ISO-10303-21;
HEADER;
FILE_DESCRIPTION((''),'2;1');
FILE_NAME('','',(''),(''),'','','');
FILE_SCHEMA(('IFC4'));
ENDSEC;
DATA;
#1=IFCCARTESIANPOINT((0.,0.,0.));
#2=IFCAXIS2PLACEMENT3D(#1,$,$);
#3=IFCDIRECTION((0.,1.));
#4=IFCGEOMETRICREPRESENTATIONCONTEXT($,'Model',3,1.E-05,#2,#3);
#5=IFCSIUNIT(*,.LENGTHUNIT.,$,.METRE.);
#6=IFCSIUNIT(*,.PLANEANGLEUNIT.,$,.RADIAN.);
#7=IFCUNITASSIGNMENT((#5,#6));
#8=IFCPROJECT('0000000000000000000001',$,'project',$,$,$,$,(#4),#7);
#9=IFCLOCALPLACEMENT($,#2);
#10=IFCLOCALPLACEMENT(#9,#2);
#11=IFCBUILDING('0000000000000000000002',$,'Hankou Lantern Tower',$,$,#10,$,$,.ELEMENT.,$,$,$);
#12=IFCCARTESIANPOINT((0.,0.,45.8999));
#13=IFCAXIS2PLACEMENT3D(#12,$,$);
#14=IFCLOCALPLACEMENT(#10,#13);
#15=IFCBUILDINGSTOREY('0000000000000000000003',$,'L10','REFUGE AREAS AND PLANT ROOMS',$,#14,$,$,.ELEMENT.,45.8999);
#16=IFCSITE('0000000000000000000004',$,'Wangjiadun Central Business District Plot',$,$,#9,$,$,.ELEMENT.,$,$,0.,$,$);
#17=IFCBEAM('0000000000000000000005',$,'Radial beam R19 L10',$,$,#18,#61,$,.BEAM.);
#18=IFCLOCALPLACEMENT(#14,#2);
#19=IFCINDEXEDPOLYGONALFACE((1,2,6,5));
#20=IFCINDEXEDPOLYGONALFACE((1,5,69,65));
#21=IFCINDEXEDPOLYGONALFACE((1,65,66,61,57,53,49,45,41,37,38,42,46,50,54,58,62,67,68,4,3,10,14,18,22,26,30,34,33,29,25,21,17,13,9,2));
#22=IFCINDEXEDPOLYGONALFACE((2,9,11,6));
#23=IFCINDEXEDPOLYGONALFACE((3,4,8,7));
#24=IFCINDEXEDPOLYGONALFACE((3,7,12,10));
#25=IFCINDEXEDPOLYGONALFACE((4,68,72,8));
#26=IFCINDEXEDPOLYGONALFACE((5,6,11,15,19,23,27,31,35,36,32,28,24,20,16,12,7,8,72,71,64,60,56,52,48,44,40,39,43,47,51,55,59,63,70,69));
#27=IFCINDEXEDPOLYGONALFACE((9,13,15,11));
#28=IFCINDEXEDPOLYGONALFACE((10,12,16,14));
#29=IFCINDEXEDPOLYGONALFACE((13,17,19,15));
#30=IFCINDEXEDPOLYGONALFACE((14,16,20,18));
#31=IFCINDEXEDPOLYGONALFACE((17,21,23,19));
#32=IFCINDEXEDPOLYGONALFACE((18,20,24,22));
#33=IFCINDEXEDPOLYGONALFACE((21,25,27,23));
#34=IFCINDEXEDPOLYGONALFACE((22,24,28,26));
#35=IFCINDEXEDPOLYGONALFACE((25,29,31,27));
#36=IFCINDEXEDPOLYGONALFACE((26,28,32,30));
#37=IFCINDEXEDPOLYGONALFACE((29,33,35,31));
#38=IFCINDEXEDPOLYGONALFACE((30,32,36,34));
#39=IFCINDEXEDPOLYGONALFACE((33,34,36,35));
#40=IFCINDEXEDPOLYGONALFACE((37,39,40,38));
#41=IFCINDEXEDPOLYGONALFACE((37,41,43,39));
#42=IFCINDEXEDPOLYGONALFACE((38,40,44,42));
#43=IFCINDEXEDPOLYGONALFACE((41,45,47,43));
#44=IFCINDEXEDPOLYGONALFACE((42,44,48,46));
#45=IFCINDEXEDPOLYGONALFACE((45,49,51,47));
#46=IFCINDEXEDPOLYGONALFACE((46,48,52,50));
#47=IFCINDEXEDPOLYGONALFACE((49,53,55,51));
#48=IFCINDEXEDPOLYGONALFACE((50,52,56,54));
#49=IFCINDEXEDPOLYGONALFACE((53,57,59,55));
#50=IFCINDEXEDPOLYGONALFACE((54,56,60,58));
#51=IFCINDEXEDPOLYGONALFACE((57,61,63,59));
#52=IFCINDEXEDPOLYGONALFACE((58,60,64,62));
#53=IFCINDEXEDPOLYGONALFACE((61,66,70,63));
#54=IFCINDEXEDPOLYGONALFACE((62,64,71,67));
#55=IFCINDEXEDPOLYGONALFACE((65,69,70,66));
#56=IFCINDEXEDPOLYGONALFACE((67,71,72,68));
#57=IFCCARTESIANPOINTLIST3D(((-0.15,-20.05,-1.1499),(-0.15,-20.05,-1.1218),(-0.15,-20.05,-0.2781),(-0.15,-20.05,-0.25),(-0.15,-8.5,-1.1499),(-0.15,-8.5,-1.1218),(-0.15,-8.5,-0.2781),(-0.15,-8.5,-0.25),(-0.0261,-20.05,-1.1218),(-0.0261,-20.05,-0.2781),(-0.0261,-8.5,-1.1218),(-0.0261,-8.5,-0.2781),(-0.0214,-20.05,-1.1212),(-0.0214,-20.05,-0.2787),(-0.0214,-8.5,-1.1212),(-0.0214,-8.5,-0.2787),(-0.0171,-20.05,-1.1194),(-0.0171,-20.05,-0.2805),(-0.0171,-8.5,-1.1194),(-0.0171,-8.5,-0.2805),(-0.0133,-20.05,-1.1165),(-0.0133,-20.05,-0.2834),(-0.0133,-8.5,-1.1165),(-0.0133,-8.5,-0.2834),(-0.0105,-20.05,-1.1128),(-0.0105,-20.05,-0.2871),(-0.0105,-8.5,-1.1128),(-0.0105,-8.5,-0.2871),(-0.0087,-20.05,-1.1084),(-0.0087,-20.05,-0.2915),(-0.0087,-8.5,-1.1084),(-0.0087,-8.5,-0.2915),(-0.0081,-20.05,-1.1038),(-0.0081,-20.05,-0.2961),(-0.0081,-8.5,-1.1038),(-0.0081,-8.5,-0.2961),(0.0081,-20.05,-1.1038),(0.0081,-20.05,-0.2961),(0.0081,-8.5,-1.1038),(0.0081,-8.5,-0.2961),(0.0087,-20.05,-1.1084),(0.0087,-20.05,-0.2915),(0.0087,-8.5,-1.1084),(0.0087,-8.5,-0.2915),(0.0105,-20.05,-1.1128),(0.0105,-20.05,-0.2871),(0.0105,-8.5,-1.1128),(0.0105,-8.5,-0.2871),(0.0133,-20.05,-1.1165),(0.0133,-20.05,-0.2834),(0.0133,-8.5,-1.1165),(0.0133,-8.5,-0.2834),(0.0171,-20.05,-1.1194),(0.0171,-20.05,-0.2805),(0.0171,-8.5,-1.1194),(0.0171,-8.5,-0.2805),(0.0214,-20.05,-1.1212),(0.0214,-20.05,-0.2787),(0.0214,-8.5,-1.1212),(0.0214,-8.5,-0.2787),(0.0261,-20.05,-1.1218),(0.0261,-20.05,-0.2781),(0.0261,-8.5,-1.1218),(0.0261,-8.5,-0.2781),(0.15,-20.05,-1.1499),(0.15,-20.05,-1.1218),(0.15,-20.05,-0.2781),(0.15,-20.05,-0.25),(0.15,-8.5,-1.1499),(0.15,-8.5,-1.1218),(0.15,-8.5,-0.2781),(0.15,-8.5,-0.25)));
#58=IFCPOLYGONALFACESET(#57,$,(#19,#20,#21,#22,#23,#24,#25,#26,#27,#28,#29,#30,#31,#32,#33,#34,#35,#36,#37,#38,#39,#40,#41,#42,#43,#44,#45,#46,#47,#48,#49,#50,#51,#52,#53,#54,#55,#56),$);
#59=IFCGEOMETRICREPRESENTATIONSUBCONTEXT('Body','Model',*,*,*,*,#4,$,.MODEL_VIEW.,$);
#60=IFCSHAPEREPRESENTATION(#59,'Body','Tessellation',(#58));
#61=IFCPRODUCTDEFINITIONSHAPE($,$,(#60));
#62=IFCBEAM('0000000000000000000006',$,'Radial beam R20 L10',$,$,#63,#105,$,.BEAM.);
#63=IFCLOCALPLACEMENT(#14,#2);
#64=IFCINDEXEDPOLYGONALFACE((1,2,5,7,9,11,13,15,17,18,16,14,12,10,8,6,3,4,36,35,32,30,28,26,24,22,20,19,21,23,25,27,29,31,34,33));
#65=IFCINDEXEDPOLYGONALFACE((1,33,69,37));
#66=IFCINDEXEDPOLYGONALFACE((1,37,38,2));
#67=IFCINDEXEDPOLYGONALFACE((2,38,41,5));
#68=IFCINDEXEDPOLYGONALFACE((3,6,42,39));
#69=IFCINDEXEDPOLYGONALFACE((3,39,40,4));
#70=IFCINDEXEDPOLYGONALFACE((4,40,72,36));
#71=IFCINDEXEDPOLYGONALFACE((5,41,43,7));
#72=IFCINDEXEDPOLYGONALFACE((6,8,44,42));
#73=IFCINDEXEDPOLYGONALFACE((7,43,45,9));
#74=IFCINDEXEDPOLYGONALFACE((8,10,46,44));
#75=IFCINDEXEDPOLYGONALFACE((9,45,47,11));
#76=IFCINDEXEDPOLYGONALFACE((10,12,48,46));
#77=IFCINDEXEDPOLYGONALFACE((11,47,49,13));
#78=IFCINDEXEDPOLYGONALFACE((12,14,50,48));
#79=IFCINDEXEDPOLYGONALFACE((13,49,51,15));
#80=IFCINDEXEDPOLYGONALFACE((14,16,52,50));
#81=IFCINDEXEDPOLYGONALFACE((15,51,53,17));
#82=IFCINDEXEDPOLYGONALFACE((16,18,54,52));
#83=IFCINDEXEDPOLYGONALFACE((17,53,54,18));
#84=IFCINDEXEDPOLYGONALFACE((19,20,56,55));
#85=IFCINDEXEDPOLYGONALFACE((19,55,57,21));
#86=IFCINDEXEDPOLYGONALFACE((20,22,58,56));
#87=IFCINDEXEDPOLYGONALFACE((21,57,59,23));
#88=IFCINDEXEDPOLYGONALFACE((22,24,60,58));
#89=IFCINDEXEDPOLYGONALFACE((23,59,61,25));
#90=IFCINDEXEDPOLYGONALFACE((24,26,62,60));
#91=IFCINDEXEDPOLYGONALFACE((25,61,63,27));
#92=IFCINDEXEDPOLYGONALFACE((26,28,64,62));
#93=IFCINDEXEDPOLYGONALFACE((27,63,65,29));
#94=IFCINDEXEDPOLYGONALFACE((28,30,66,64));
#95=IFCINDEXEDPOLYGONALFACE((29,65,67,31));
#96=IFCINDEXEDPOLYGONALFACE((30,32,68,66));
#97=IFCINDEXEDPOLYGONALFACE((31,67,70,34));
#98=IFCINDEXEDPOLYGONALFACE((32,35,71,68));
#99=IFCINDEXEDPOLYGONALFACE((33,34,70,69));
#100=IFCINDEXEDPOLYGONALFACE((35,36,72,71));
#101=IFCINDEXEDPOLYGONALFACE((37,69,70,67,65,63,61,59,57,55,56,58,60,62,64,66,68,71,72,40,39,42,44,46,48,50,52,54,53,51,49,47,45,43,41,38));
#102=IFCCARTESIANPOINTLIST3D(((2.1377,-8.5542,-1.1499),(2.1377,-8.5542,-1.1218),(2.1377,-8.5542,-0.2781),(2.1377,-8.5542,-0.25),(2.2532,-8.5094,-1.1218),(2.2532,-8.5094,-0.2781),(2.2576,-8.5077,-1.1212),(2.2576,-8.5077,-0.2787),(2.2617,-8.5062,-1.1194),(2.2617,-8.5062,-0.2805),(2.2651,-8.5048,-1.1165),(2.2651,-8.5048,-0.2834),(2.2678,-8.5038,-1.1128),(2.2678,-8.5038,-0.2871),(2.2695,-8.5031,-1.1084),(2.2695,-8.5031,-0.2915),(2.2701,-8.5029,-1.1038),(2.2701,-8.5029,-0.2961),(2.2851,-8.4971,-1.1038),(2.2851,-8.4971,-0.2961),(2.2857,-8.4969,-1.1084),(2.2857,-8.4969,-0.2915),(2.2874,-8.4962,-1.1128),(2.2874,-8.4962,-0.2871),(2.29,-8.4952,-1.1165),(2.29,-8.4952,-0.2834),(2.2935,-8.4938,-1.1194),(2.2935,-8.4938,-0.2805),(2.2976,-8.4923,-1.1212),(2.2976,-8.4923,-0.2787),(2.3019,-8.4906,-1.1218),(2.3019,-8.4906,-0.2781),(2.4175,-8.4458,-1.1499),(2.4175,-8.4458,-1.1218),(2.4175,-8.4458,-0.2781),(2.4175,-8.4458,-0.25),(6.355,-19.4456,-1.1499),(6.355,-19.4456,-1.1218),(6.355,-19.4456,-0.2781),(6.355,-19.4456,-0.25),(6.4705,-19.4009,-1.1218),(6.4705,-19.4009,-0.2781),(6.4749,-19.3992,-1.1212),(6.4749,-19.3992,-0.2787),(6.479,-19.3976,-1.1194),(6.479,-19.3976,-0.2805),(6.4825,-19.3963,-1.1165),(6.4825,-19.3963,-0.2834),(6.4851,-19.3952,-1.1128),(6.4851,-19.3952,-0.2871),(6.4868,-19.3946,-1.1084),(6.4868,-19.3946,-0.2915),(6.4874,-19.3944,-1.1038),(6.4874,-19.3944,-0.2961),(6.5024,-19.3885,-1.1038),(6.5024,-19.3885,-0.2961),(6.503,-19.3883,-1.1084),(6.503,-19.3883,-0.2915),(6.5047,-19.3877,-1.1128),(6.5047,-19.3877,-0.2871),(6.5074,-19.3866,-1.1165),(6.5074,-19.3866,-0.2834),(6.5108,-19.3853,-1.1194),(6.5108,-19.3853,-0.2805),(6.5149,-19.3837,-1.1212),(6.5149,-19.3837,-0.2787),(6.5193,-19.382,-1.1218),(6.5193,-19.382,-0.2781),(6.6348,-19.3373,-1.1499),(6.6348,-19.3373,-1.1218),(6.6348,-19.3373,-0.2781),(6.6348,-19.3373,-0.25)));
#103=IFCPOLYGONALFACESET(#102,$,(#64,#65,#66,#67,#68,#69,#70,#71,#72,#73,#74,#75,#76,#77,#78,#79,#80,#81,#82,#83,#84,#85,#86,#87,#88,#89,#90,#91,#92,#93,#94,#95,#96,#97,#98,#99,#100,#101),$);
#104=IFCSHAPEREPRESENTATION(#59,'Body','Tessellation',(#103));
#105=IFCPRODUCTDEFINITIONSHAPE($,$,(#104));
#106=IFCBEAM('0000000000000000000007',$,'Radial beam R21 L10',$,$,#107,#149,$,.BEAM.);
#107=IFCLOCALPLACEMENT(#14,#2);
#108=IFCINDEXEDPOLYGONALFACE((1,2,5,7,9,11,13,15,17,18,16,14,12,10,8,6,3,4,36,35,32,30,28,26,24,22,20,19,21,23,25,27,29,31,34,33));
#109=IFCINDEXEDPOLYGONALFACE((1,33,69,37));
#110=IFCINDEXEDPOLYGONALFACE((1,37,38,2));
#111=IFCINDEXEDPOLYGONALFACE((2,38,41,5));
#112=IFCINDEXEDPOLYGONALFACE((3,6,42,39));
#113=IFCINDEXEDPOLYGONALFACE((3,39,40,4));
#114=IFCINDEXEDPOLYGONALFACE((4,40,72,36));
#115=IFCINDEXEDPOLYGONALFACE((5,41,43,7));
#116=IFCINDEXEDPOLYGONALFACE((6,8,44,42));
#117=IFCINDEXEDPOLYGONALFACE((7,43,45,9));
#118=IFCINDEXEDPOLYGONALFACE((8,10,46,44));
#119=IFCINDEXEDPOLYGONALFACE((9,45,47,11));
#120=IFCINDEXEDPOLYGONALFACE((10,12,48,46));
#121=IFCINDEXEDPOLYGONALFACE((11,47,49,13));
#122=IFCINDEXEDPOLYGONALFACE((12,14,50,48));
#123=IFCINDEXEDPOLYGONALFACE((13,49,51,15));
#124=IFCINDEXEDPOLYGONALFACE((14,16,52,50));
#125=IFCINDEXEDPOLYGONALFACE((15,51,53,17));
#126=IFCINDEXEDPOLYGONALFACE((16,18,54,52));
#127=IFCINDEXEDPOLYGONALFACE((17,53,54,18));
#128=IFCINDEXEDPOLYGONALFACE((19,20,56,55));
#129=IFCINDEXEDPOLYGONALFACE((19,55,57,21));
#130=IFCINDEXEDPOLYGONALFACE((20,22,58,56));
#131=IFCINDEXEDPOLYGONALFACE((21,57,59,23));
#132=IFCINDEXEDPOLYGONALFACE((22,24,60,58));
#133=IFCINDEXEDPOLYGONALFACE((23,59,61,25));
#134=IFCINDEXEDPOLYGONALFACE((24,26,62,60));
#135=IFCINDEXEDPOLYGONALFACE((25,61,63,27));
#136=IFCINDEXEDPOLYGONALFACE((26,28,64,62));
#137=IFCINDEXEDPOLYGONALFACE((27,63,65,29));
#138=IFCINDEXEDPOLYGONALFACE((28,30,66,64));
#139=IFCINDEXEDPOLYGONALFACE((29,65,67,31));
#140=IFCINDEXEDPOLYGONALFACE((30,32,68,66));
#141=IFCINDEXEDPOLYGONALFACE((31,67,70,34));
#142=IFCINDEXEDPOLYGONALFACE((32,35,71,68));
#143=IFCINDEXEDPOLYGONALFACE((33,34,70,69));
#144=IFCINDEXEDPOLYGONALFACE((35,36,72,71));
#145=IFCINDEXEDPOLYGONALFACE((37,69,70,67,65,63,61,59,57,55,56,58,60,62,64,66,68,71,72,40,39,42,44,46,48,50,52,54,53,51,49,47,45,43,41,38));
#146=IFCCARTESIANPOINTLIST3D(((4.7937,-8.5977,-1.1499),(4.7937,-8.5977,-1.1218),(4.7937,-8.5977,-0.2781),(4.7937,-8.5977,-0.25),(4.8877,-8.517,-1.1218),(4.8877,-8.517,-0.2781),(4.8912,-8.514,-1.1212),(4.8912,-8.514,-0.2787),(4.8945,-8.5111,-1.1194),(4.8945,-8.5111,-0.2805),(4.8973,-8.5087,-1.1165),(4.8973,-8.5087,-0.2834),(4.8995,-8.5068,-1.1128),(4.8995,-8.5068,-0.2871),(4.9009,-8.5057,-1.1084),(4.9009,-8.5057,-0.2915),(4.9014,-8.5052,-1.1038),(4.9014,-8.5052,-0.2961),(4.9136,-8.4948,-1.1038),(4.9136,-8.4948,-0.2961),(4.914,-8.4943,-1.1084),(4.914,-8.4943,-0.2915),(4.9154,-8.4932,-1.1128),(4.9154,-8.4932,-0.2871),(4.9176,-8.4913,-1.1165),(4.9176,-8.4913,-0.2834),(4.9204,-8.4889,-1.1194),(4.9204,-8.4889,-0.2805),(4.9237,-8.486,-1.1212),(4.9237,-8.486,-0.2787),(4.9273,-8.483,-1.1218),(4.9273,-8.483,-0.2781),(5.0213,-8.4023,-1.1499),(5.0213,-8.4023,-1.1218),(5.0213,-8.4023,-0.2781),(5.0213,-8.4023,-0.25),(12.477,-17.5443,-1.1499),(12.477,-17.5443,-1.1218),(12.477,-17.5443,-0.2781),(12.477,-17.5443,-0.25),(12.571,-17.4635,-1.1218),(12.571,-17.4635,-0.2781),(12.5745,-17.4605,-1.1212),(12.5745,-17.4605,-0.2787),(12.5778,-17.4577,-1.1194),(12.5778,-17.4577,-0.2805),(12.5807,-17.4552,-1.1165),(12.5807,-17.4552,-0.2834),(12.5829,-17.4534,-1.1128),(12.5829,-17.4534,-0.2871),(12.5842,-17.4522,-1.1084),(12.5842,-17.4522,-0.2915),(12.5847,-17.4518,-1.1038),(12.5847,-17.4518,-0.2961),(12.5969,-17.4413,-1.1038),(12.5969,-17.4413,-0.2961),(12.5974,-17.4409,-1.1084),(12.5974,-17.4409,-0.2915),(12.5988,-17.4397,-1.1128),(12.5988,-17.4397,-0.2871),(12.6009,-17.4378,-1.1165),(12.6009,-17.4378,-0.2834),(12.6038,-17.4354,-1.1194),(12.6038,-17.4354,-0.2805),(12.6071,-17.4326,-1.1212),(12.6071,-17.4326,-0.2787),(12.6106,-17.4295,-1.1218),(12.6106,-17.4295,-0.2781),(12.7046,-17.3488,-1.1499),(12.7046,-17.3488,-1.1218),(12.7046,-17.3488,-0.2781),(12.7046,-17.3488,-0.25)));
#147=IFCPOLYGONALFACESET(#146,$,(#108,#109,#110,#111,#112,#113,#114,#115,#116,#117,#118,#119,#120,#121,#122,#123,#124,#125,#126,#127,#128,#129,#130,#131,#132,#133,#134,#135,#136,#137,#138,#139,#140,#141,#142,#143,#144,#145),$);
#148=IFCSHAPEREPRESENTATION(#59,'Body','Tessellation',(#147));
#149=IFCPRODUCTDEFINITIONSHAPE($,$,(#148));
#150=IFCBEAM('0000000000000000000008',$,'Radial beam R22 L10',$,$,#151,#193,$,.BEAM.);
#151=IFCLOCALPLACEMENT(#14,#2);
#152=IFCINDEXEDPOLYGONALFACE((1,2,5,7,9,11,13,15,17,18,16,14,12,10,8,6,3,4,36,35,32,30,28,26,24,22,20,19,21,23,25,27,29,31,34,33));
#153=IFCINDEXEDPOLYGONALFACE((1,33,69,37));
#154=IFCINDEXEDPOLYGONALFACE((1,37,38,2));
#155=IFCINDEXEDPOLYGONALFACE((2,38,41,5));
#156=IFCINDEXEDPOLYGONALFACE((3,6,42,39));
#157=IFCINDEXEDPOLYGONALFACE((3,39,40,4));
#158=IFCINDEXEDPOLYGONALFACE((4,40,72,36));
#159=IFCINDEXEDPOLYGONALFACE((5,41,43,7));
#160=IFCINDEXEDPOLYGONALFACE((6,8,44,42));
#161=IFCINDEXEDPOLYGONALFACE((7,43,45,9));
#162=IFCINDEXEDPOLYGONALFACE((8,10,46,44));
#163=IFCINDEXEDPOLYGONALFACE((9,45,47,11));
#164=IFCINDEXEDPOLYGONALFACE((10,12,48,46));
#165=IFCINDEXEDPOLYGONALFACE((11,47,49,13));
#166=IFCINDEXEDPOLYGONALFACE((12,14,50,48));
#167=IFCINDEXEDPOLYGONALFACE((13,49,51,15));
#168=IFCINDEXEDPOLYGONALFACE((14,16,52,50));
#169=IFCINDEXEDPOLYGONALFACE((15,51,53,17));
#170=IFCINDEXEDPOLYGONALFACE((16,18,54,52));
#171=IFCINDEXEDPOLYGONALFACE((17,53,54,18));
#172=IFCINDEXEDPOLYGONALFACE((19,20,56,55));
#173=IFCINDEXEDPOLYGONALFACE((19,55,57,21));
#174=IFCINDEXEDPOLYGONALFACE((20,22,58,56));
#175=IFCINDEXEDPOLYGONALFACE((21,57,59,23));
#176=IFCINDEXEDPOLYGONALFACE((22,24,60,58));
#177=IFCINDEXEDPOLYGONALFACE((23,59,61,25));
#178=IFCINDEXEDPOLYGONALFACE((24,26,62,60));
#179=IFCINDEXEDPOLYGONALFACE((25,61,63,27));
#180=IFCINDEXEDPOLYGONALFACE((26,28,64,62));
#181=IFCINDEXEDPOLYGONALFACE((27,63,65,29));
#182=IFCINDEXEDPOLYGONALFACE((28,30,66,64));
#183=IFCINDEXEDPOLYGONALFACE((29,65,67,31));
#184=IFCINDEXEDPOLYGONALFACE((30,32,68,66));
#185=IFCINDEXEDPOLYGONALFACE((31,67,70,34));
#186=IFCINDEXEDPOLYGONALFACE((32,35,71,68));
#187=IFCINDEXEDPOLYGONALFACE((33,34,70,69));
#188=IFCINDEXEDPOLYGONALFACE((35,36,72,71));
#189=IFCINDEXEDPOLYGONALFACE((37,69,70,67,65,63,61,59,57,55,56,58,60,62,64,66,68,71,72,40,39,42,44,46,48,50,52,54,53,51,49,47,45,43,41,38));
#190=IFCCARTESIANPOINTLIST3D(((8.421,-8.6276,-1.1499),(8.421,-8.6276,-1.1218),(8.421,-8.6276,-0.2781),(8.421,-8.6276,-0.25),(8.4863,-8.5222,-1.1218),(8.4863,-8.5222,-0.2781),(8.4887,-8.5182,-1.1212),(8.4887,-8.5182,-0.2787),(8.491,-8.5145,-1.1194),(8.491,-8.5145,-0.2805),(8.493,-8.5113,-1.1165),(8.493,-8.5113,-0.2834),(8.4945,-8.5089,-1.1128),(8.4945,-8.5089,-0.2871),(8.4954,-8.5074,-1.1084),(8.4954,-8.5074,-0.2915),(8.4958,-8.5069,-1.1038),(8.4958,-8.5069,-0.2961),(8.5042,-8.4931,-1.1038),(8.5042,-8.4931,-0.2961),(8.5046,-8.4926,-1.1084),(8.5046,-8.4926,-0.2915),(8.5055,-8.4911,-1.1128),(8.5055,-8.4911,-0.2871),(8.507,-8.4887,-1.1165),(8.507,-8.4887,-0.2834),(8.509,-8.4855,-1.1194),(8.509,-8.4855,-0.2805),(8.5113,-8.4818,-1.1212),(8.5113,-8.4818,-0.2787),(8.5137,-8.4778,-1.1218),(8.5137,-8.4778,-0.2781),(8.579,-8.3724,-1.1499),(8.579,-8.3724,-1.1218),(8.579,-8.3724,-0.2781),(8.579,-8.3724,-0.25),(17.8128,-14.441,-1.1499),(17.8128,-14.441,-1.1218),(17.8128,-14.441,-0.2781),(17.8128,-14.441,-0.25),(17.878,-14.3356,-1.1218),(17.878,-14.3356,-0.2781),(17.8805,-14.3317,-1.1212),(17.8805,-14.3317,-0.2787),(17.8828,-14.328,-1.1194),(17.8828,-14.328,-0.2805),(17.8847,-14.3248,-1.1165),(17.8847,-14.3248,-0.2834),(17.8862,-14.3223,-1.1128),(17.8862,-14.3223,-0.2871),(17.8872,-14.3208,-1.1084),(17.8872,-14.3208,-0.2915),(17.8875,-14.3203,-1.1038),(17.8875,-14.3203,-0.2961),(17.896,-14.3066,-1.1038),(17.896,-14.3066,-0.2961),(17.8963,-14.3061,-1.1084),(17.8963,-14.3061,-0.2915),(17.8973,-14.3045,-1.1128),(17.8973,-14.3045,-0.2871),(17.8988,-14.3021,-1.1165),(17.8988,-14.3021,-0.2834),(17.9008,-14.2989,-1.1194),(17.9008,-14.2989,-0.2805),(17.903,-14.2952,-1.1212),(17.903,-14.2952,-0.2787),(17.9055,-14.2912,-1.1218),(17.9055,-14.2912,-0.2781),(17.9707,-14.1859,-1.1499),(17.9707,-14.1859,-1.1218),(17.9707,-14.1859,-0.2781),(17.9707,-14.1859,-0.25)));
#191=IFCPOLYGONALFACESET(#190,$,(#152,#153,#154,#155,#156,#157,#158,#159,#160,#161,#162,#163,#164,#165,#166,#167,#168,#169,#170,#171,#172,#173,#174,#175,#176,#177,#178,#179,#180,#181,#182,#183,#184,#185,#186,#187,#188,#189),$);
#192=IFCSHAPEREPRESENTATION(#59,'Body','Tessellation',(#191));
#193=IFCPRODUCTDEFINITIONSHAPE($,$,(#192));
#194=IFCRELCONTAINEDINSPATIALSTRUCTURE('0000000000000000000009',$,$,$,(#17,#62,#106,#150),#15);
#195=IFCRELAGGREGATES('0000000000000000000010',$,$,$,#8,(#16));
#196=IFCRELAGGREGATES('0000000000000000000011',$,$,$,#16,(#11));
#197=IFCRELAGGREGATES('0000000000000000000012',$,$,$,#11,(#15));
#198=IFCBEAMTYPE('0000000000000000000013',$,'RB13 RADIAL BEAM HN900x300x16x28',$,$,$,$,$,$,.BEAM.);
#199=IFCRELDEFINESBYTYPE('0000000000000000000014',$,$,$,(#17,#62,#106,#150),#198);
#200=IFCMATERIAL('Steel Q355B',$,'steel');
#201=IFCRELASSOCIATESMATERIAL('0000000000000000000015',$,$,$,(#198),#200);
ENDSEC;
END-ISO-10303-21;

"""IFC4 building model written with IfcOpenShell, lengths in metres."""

from ifc_helpers import new_model, si_unit, direction, frame, origin, origin_2d, place, context, subcontext, project, spatial, i_section, extrude, material, material_profile, profile_set, type_object, element, save


model = new_model("IFC4")

# Units and contexts
model_context = context("Model", 3, precision=1e-05, world=origin(), true_north=direction((0.0, 1.0)))
body_context = subcontext(model_context, "Body", "Model", "MODEL_VIEW")
ifc_project = project(units=[si_unit("LENGTHUNIT", "METRE"), si_unit("PLANEANGLEUNIT", "RADIAN")], contexts=[model_context])

# Site, building, storey
site_placement = place(None, origin())
site = spatial("IfcSite", under=ifc_project, at=site_placement, Name="Wangjiadun Central Business District Plot", CompositionType="ELEMENT", RefElevation=0.0)
building_placement = place(site_placement, origin())
building = spatial("IfcBuilding", under=site, at=building_placement, Name="Hankou Lantern Tower", CompositionType="ELEMENT")
storey_placement = place(building_placement, frame((0.0, 0.0, 45.8999)))
storey = spatial("IfcBuildingStorey", under=building, at=storey_placement, Name="L10", Description="REFUGE AREAS AND PLANT ROOMS", CompositionType="ELEMENT", Elevation=45.8999)

# Beams
ifc_material_1 = material(Name="Steel Q355B", Category="steel")
ifc_material_profile_1 = material_profile(ifc_material_1, i_section(OverallWidth=0.3, OverallDepth=0.8999, WebThickness=0.0161, FlangeThickness=0.0281, FilletRadius=0.0181, at=origin_2d()), Name="HN900x300x16x28")
ifc_profile_set_1 = profile_set([ifc_material_profile_1], Name="Steel Q355B")
beam_type_1 = type_object("IfcBeamType", Name="RB13 RADIAL BEAM HN900x300x16x28", PredefinedType="BEAM", material=ifc_profile_set_1)
beam_1_placement = place(storey_placement, frame((0.0, -8.5, -0.7), z_axis=(0.0, -1.0, 0.0), x_axis=(1.0, 0.0, 0.0)))
element("IfcBeam", 1, at=beam_1_placement, inside=storey, type_object=beam_type_1, Name="Radial beam R19 L10", PredefinedType="BEAM", context=body_context, shape_type="SweptSolid", body=[
    extrude(i_section(OverallWidth=0.3, OverallDepth=0.8999, WebThickness=0.0161, FlangeThickness=0.0281, FilletRadius=0.0181, at=origin_2d()), origin(), (0.0, 0.0, 1.0), 11.55),
])
beam_2_placement = place(storey_placement, frame((2.2776, -8.5, -0.7), z_axis=(0.361089, -0.932531, 0.0), x_axis=(0.932531, 0.361089, 0.0)))
element("IfcBeam", 2, at=beam_2_placement, inside=storey, type_object=beam_type_1, Name="Radial beam R20 L10", PredefinedType="BEAM", context=body_context, shape_type="SweptSolid", body=[
    extrude(i_section(OverallWidth=0.3, OverallDepth=0.8999, WebThickness=0.0161, FlangeThickness=0.0281, FilletRadius=0.0181, at=origin_2d()), origin(), (0.0, 0.0, 1.0), 11.6794),
])
beam_3_placement = place(storey_placement, frame((4.9075, -8.5, -0.7), z_axis=(0.651519, -0.758632, 0.0), x_axis=(0.758632, 0.651519, 0.0)))
element("IfcBeam", 3, at=beam_3_placement, inside=storey, type_object=beam_type_1, Name="Radial beam R21 L10", PredefinedType="BEAM", context=body_context, shape_type="SweptSolid", body=[
    extrude(i_section(OverallWidth=0.3, OverallDepth=0.8999, WebThickness=0.0161, FlangeThickness=0.0281, FilletRadius=0.0181, at=origin_2d()), origin(), (0.0, 0.0, 1.0), 11.793),
])
beam_4_placement = place(storey_placement, frame((8.5, -8.5, -0.7), z_axis=(0.850286, -0.52632, 0.0), x_axis=(0.52632, 0.850286, 0.0)))
element("IfcBeam", 4, at=beam_4_placement, inside=storey, type_object=beam_type_1, Name="Radial beam R22 L10", PredefinedType="BEAM", context=body_context, shape_type="SweptSolid", body=[
    extrude(i_section(OverallWidth=0.3, OverallDepth=0.8999, WebThickness=0.0161, FlangeThickness=0.0281, FilletRadius=0.0181, at=origin_2d()), origin(), (0.0, 0.0, 1.0), 11.0454),
])

save(model, "model.ifc")
